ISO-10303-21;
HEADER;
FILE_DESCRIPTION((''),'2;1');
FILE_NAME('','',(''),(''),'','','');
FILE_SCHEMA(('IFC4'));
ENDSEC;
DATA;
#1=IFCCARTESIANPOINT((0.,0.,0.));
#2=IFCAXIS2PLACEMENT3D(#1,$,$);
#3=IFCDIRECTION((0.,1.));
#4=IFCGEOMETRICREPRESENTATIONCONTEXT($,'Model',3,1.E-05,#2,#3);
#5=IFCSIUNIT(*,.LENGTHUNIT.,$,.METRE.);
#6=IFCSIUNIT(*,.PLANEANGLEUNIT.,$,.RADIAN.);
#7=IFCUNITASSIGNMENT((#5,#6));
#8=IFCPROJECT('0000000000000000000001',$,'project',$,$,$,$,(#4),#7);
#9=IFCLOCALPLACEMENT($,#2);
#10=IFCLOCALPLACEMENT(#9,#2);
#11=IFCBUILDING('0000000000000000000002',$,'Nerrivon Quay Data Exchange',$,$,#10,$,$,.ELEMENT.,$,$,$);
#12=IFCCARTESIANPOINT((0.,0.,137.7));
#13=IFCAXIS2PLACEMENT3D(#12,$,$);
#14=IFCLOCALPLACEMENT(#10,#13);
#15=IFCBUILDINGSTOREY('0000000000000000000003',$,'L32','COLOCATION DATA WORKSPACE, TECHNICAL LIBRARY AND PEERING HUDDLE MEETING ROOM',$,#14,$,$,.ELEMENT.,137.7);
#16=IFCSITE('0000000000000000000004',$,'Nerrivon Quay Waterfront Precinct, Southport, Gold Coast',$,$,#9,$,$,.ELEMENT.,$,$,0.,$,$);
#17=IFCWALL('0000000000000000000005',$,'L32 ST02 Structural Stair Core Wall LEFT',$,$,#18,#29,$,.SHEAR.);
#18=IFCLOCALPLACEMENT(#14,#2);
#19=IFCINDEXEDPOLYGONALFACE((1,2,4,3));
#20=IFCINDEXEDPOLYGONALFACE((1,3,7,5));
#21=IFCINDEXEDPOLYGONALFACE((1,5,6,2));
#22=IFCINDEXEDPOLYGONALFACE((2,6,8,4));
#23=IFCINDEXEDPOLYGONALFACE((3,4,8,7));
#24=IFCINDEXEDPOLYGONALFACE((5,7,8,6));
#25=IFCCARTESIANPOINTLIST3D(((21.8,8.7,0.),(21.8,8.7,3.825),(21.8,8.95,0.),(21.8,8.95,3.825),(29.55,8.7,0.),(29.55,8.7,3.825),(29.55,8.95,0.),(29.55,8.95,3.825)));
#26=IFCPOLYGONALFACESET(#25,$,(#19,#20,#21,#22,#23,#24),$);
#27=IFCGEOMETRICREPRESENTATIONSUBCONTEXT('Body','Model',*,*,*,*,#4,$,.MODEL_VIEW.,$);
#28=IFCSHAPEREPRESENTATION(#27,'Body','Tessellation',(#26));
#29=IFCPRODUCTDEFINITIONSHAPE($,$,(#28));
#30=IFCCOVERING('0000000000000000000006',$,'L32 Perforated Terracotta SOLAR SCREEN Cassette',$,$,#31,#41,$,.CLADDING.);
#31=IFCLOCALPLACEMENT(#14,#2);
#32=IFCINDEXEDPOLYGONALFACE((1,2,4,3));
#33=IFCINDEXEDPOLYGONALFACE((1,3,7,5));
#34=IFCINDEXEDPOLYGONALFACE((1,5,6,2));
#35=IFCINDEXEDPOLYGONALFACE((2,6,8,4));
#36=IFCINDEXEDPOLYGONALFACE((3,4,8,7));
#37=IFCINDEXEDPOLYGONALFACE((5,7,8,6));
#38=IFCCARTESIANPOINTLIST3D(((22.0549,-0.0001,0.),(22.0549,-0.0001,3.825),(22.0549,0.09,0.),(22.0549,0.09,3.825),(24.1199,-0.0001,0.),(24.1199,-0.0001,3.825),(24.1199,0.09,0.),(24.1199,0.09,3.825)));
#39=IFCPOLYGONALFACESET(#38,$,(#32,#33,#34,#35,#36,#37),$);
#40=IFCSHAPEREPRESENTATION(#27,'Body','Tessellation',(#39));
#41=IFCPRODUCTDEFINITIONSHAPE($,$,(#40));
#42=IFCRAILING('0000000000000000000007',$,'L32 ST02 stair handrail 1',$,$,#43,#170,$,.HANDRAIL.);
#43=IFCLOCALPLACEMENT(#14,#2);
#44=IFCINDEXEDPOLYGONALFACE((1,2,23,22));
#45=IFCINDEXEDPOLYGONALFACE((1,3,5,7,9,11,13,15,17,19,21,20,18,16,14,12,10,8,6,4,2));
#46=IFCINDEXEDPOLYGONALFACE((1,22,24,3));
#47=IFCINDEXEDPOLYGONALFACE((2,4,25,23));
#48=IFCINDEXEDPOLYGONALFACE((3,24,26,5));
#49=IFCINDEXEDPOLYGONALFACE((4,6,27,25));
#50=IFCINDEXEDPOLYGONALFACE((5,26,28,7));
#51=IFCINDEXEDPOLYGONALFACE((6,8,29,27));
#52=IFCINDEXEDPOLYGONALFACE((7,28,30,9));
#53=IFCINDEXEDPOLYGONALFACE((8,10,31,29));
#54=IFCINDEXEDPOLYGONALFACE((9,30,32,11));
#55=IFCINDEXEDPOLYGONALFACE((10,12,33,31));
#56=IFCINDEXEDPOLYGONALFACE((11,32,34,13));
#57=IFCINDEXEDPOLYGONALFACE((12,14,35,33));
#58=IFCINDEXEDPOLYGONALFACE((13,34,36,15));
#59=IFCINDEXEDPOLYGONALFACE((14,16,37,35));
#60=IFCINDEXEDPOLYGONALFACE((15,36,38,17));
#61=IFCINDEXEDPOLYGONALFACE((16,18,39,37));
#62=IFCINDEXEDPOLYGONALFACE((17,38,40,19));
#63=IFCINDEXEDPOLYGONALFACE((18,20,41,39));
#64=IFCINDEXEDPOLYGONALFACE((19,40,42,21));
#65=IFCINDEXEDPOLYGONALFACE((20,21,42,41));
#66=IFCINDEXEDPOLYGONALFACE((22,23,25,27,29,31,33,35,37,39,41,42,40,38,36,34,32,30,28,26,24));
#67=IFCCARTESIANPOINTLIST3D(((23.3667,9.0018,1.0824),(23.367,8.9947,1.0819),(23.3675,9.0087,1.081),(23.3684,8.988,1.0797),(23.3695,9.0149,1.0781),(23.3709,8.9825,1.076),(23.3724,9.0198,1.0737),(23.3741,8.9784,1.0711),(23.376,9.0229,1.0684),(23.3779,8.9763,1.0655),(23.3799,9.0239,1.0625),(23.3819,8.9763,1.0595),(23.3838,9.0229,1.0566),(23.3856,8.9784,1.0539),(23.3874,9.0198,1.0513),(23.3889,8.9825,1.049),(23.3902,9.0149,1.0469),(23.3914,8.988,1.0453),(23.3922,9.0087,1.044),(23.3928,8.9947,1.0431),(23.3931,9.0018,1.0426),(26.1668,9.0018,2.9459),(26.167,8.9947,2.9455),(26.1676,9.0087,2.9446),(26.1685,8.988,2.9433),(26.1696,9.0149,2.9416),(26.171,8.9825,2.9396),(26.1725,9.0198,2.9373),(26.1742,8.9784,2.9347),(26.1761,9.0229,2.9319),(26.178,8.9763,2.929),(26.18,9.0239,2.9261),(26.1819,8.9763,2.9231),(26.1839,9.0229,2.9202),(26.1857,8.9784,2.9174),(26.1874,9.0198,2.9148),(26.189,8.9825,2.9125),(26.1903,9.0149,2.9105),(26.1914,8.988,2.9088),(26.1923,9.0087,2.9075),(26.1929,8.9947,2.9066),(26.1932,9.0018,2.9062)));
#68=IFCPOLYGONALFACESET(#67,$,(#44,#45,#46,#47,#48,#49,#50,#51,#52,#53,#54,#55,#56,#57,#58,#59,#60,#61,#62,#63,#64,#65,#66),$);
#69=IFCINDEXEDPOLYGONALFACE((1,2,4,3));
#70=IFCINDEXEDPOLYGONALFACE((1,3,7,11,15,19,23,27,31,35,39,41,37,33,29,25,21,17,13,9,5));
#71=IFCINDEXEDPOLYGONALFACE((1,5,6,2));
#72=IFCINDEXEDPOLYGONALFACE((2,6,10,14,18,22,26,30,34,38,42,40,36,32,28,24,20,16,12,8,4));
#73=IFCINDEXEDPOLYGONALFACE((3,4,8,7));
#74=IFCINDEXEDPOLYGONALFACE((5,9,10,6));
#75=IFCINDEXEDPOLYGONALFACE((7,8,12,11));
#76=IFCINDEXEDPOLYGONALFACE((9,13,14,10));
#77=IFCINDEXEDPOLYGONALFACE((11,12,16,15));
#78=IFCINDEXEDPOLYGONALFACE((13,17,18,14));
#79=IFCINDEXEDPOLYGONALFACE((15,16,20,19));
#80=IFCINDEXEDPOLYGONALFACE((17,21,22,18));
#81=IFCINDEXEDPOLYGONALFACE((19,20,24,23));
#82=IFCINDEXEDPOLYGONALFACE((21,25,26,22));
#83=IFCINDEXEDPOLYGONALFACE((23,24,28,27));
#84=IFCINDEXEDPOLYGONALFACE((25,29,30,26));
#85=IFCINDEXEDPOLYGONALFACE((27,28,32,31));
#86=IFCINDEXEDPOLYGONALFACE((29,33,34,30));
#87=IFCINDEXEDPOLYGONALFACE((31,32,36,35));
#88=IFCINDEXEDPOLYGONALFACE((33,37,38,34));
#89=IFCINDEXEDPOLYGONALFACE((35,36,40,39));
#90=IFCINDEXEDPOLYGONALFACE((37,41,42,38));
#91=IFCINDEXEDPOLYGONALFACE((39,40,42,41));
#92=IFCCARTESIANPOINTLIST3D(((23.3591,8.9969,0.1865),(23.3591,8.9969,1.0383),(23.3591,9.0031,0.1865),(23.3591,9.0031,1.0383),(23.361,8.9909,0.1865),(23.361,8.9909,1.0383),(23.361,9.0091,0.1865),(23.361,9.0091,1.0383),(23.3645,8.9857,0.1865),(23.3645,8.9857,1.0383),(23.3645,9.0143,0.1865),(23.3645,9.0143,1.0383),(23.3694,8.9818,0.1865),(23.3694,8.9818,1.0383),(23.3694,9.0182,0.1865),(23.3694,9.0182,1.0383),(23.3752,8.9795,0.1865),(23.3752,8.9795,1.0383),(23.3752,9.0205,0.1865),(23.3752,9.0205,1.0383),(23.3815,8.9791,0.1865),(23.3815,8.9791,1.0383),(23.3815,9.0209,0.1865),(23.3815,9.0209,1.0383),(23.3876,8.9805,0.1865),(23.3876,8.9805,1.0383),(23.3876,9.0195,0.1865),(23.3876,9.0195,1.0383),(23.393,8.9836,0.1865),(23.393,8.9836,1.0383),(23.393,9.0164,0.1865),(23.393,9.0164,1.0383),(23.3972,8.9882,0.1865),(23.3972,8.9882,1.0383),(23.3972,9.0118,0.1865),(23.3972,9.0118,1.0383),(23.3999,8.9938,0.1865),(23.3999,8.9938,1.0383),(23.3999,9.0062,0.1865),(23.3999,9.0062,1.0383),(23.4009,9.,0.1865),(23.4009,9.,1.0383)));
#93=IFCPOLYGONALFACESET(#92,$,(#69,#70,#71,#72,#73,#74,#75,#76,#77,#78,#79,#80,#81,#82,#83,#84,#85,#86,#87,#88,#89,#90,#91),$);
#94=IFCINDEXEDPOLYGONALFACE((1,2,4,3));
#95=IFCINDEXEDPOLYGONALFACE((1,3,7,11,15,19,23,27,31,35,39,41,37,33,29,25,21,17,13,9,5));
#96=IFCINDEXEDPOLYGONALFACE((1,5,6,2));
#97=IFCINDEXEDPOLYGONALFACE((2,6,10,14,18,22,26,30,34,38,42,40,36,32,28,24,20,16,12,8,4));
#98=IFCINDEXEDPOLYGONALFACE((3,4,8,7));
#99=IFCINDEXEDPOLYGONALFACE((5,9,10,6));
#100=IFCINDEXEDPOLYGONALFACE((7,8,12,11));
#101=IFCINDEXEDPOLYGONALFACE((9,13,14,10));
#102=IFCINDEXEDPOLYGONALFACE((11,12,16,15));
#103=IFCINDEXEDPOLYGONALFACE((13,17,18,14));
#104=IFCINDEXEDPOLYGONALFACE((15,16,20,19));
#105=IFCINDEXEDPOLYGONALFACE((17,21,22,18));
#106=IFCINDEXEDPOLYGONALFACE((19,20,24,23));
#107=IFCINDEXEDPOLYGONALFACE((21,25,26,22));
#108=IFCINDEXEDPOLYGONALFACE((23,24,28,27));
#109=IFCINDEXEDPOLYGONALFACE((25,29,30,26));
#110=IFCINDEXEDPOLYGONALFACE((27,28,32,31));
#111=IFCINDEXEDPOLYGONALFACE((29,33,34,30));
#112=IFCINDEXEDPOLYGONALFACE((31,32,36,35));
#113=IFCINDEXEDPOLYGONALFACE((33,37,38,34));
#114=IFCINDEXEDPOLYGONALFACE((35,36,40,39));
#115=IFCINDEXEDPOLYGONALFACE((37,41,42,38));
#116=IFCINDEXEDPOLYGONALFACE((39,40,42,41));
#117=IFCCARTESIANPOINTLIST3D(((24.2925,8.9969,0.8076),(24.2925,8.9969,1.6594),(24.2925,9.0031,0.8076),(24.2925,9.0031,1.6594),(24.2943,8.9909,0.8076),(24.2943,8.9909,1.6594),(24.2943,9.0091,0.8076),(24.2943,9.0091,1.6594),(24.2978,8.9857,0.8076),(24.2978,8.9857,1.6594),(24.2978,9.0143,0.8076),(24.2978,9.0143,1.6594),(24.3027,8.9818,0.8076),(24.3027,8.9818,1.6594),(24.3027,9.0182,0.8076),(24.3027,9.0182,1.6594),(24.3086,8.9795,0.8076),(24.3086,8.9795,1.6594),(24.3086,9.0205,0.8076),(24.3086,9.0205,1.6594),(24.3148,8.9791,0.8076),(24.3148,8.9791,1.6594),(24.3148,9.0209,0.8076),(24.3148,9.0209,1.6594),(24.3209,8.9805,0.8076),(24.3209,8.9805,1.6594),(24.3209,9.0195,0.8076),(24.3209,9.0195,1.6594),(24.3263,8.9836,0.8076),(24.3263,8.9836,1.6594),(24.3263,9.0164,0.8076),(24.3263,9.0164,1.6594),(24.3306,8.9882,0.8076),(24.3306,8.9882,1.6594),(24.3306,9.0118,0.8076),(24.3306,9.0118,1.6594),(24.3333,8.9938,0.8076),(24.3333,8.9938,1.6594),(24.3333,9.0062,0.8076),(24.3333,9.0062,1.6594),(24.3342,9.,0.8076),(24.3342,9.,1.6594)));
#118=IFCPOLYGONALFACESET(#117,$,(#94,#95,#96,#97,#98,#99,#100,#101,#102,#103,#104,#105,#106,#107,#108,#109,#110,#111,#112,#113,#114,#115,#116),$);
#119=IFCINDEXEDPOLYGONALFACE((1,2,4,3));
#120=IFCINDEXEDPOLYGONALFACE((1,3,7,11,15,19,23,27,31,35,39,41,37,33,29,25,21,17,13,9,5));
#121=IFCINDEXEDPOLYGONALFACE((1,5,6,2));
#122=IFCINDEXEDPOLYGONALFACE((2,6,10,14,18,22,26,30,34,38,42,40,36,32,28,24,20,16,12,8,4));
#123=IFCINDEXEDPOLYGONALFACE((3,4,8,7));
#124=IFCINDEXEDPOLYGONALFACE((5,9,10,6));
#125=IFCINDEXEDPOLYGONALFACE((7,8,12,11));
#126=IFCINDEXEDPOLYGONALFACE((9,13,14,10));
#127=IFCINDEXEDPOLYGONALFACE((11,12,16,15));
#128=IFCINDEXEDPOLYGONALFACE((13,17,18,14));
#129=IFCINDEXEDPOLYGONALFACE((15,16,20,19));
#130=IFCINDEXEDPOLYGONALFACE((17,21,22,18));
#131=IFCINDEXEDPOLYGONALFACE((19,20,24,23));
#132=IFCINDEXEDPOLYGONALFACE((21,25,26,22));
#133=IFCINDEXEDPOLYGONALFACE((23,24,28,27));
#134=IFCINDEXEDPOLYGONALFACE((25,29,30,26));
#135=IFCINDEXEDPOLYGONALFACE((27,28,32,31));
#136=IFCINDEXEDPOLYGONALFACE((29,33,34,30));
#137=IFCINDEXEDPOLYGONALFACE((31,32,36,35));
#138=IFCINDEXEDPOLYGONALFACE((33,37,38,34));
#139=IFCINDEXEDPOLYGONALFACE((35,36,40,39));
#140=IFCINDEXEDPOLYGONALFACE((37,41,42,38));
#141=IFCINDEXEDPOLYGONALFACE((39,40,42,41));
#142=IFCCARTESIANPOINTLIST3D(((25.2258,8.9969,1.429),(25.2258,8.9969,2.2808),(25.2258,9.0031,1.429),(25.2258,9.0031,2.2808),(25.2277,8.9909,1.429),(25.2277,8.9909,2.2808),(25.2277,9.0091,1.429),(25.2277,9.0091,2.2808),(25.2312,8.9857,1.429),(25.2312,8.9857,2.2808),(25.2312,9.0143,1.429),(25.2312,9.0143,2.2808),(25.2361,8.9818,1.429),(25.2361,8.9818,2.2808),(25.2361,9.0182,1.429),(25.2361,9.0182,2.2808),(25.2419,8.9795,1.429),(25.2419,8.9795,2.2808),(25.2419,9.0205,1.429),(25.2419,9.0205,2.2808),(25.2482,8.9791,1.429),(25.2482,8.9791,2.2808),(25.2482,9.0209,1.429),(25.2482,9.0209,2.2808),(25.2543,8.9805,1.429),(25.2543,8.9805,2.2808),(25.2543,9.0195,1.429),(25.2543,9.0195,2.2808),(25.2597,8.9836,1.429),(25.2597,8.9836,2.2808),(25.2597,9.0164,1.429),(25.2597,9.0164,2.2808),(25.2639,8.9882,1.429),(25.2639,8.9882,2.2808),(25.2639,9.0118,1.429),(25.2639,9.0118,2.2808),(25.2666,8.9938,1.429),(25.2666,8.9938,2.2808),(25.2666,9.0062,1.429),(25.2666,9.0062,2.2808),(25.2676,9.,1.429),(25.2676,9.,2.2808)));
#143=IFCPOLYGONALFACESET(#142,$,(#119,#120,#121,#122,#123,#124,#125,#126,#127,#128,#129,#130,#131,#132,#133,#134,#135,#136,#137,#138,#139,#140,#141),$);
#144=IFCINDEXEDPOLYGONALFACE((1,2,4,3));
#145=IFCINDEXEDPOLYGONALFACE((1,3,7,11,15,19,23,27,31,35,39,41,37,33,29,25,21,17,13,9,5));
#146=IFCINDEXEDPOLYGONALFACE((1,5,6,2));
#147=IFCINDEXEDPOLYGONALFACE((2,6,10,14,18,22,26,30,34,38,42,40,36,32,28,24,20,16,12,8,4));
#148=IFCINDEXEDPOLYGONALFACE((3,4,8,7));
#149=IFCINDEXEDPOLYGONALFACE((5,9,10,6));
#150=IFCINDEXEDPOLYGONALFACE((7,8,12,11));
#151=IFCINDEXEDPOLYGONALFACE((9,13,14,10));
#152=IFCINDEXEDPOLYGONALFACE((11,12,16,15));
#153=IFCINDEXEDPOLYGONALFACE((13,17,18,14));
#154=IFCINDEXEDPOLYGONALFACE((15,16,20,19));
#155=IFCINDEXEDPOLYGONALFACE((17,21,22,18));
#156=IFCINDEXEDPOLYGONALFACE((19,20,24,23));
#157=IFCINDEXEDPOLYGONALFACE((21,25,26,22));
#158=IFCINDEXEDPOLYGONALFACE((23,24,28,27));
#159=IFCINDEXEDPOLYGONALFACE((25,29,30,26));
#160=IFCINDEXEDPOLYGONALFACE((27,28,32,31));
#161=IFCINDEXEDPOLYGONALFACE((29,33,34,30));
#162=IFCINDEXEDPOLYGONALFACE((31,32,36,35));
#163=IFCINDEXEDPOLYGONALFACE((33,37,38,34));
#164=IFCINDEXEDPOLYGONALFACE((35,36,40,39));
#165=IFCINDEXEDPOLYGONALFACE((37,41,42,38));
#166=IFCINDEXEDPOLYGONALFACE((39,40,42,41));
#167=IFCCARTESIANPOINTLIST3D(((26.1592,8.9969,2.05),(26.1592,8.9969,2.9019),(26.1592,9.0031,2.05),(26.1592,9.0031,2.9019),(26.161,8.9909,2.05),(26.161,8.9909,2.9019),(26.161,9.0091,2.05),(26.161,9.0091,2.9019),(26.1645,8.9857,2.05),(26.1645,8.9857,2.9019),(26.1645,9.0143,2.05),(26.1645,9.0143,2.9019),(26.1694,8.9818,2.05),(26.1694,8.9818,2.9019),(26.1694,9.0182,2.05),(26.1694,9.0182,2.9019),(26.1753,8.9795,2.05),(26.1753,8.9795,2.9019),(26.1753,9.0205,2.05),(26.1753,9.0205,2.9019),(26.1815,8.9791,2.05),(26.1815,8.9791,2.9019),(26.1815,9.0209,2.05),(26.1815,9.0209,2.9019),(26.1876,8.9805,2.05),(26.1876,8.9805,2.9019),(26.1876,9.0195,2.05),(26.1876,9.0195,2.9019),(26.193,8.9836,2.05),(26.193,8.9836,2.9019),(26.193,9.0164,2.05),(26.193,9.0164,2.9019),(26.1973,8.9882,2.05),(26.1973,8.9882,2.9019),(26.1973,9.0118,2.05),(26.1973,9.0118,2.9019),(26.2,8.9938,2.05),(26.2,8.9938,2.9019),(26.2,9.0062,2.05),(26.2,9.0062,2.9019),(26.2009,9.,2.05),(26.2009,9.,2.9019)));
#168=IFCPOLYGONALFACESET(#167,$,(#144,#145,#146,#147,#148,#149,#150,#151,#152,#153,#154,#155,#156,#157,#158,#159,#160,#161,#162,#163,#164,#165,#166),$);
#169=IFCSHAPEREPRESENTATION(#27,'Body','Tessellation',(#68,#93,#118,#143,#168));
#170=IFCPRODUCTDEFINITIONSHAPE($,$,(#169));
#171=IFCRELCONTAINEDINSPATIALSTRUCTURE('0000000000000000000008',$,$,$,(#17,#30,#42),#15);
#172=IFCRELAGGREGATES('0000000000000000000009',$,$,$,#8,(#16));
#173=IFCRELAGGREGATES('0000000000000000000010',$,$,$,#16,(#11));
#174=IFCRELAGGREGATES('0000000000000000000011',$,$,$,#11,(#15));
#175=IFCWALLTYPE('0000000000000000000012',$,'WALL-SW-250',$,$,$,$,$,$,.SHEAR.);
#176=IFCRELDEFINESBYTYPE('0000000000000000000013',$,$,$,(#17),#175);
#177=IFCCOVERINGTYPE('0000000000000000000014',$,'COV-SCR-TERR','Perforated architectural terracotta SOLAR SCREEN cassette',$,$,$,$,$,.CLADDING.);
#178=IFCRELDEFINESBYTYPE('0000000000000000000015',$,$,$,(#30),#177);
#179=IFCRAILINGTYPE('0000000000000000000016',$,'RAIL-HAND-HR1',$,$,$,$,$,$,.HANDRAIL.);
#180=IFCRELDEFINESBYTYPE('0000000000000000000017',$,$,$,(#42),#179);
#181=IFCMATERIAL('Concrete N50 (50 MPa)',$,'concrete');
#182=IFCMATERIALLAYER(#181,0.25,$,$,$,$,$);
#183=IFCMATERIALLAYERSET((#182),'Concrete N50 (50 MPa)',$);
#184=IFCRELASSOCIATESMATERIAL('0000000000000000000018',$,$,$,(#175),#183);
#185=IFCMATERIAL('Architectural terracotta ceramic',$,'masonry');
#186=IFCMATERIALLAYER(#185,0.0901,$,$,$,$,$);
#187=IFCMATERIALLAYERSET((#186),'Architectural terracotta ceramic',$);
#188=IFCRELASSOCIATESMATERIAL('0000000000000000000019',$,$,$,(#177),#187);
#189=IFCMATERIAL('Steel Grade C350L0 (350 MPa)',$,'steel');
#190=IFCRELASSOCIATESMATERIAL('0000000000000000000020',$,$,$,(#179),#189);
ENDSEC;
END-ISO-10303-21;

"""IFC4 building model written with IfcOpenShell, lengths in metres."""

from ifc_helpers import new_model, si_unit, direction, frame, frame_2d, origin, origin_2d, place, context, subcontext, project, spatial, rectangle, circle, extrude, material, layer, layer_set, type_object, element, save


model = new_model("IFC4")

# Units and contexts
model_context = context("Model", 3, precision=1e-05, world=origin(), true_north=direction((0.0, 1.0)))
body_context = subcontext(model_context, "Body", "Model", "MODEL_VIEW")
ifc_project = project(units=[si_unit("LENGTHUNIT", "METRE"), si_unit("PLANEANGLEUNIT", "RADIAN")], contexts=[model_context])

# Site, building, storey
site_placement = place(None, origin())
site = spatial("IfcSite", under=ifc_project, at=site_placement, Name="Nerrivon Quay Waterfront Precinct, Southport, Gold Coast", CompositionType="ELEMENT", RefElevation=0.0)
building_placement = place(site_placement, origin())
building = spatial("IfcBuilding", under=site, at=building_placement, Name="Nerrivon Quay Data Exchange", CompositionType="ELEMENT")
storey_placement = place(building_placement, frame((0.0, 0.0, 137.7)))
storey = spatial("IfcBuildingStorey", under=building, at=storey_placement, Name="L32", Description="COLOCATION DATA WORKSPACE, TECHNICAL LIBRARY AND PEERING HUDDLE MEETING ROOM", CompositionType="ELEMENT", Elevation=137.7)

# Shared definitions
ifc_material_1 = material(Name="Concrete N50 (50 MPa)", Category="concrete")

# Wall
ifc_layer_1 = layer(ifc_material_1, 0.25)
ifc_layer_set_1 = layer_set([ifc_layer_1], Name="Concrete N50 (50 MPa)")
wall_type_1 = type_object("IfcWallType", Name="WALL-SW-250", PredefinedType="SHEAR", material=ifc_layer_set_1)
wall_1_placement = place(storey_placement, frame((21.8, 8.825, 0.0), z_axis=(0.0, 0.0, 1.0), x_axis=(1.0, 0.0, 0.0)))
element("IfcWall", 1, at=wall_1_placement, inside=storey, type_object=wall_type_1, Name="L32 ST02 Structural Stair Core Wall LEFT", PredefinedType="SHEAR", context=body_context, shape_type="SweptSolid", body=[
    extrude(rectangle(XDim=7.75, YDim=0.25, at=frame_2d((3.875, 0.0))), origin(), (0.0, 0.0, 1.0), 3.825),
])

# Covering
ifc_material_2 = material(Name="Architectural terracotta ceramic", Category="masonry")
ifc_layer_2 = layer(ifc_material_2, 0.0901)
ifc_layer_set_2 = layer_set([ifc_layer_2], Name="Architectural terracotta ceramic")
covering_type = type_object("IfcCoveringType", Name="COV-SCR-TERR", Description="Perforated architectural terracotta SOLAR SCREEN cassette", PredefinedType="CLADDING", material=ifc_layer_set_2)
covering_placement = place(storey_placement, frame((23.0874, 0.0449, 0.0), z_axis=(0.0, 0.0, 1.0), x_axis=(-1.0, 0.0, 0.0)))
element("IfcCovering", 2, at=covering_placement, inside=storey, type_object=covering_type, Name="L32 Perforated Terracotta SOLAR SCREEN Cassette", PredefinedType="CLADDING", context=body_context, shape_type="SweptSolid", body=[
    extrude(rectangle(XDim=2.0649, YDim=0.0901, at=origin_2d()), origin(), (0.0, 0.0, 1.0), 3.825),
])

# Railing
ifc_material_3 = material(Name="Steel Grade C350L0 (350 MPa)", Category="steel")
railing_type = type_object("IfcRailingType", Name="RAIL-HAND-HR1", PredefinedType="HANDRAIL", material=ifc_material_3)
railing_placement = place(storey_placement, frame((23.3799, 9.0, 0.1865)))
element("IfcRailing", 3, at=railing_placement, inside=storey, type_object=railing_type, Name="L32 ST02 stair handrail 1", PredefinedType="HANDRAIL", context=body_context, shape_type="SweptSolid", body=[
    extrude(circle(Radius=0.0239, at=origin_2d()), frame((0.0, 0.0, 0.876), z_axis=(0.832486, 0.0, 0.554047), x_axis=(0.0, 1.0, 0.0)), (0.0, 0.0, 1.0), 3.3635),
    extrude(circle(Radius=0.021, at=origin_2d()), origin(), (0.0, 0.0, 1.0), 0.8518),
    extrude(circle(Radius=0.021, at=origin_2d()), frame((0.9333, 0.0, 0.6211)), (0.0, 0.0, 1.0), 0.8518),
    extrude(circle(Radius=0.021, at=origin_2d()), frame((1.8667, 0.0, 1.2424)), (0.0, 0.0, 1.0), 0.8518),
    extrude(circle(Radius=0.021, at=origin_2d()), frame((2.8, 0.0, 1.8635)), (0.0, 0.0, 1.0), 0.8518),
])

save(model, "model.ifc")
